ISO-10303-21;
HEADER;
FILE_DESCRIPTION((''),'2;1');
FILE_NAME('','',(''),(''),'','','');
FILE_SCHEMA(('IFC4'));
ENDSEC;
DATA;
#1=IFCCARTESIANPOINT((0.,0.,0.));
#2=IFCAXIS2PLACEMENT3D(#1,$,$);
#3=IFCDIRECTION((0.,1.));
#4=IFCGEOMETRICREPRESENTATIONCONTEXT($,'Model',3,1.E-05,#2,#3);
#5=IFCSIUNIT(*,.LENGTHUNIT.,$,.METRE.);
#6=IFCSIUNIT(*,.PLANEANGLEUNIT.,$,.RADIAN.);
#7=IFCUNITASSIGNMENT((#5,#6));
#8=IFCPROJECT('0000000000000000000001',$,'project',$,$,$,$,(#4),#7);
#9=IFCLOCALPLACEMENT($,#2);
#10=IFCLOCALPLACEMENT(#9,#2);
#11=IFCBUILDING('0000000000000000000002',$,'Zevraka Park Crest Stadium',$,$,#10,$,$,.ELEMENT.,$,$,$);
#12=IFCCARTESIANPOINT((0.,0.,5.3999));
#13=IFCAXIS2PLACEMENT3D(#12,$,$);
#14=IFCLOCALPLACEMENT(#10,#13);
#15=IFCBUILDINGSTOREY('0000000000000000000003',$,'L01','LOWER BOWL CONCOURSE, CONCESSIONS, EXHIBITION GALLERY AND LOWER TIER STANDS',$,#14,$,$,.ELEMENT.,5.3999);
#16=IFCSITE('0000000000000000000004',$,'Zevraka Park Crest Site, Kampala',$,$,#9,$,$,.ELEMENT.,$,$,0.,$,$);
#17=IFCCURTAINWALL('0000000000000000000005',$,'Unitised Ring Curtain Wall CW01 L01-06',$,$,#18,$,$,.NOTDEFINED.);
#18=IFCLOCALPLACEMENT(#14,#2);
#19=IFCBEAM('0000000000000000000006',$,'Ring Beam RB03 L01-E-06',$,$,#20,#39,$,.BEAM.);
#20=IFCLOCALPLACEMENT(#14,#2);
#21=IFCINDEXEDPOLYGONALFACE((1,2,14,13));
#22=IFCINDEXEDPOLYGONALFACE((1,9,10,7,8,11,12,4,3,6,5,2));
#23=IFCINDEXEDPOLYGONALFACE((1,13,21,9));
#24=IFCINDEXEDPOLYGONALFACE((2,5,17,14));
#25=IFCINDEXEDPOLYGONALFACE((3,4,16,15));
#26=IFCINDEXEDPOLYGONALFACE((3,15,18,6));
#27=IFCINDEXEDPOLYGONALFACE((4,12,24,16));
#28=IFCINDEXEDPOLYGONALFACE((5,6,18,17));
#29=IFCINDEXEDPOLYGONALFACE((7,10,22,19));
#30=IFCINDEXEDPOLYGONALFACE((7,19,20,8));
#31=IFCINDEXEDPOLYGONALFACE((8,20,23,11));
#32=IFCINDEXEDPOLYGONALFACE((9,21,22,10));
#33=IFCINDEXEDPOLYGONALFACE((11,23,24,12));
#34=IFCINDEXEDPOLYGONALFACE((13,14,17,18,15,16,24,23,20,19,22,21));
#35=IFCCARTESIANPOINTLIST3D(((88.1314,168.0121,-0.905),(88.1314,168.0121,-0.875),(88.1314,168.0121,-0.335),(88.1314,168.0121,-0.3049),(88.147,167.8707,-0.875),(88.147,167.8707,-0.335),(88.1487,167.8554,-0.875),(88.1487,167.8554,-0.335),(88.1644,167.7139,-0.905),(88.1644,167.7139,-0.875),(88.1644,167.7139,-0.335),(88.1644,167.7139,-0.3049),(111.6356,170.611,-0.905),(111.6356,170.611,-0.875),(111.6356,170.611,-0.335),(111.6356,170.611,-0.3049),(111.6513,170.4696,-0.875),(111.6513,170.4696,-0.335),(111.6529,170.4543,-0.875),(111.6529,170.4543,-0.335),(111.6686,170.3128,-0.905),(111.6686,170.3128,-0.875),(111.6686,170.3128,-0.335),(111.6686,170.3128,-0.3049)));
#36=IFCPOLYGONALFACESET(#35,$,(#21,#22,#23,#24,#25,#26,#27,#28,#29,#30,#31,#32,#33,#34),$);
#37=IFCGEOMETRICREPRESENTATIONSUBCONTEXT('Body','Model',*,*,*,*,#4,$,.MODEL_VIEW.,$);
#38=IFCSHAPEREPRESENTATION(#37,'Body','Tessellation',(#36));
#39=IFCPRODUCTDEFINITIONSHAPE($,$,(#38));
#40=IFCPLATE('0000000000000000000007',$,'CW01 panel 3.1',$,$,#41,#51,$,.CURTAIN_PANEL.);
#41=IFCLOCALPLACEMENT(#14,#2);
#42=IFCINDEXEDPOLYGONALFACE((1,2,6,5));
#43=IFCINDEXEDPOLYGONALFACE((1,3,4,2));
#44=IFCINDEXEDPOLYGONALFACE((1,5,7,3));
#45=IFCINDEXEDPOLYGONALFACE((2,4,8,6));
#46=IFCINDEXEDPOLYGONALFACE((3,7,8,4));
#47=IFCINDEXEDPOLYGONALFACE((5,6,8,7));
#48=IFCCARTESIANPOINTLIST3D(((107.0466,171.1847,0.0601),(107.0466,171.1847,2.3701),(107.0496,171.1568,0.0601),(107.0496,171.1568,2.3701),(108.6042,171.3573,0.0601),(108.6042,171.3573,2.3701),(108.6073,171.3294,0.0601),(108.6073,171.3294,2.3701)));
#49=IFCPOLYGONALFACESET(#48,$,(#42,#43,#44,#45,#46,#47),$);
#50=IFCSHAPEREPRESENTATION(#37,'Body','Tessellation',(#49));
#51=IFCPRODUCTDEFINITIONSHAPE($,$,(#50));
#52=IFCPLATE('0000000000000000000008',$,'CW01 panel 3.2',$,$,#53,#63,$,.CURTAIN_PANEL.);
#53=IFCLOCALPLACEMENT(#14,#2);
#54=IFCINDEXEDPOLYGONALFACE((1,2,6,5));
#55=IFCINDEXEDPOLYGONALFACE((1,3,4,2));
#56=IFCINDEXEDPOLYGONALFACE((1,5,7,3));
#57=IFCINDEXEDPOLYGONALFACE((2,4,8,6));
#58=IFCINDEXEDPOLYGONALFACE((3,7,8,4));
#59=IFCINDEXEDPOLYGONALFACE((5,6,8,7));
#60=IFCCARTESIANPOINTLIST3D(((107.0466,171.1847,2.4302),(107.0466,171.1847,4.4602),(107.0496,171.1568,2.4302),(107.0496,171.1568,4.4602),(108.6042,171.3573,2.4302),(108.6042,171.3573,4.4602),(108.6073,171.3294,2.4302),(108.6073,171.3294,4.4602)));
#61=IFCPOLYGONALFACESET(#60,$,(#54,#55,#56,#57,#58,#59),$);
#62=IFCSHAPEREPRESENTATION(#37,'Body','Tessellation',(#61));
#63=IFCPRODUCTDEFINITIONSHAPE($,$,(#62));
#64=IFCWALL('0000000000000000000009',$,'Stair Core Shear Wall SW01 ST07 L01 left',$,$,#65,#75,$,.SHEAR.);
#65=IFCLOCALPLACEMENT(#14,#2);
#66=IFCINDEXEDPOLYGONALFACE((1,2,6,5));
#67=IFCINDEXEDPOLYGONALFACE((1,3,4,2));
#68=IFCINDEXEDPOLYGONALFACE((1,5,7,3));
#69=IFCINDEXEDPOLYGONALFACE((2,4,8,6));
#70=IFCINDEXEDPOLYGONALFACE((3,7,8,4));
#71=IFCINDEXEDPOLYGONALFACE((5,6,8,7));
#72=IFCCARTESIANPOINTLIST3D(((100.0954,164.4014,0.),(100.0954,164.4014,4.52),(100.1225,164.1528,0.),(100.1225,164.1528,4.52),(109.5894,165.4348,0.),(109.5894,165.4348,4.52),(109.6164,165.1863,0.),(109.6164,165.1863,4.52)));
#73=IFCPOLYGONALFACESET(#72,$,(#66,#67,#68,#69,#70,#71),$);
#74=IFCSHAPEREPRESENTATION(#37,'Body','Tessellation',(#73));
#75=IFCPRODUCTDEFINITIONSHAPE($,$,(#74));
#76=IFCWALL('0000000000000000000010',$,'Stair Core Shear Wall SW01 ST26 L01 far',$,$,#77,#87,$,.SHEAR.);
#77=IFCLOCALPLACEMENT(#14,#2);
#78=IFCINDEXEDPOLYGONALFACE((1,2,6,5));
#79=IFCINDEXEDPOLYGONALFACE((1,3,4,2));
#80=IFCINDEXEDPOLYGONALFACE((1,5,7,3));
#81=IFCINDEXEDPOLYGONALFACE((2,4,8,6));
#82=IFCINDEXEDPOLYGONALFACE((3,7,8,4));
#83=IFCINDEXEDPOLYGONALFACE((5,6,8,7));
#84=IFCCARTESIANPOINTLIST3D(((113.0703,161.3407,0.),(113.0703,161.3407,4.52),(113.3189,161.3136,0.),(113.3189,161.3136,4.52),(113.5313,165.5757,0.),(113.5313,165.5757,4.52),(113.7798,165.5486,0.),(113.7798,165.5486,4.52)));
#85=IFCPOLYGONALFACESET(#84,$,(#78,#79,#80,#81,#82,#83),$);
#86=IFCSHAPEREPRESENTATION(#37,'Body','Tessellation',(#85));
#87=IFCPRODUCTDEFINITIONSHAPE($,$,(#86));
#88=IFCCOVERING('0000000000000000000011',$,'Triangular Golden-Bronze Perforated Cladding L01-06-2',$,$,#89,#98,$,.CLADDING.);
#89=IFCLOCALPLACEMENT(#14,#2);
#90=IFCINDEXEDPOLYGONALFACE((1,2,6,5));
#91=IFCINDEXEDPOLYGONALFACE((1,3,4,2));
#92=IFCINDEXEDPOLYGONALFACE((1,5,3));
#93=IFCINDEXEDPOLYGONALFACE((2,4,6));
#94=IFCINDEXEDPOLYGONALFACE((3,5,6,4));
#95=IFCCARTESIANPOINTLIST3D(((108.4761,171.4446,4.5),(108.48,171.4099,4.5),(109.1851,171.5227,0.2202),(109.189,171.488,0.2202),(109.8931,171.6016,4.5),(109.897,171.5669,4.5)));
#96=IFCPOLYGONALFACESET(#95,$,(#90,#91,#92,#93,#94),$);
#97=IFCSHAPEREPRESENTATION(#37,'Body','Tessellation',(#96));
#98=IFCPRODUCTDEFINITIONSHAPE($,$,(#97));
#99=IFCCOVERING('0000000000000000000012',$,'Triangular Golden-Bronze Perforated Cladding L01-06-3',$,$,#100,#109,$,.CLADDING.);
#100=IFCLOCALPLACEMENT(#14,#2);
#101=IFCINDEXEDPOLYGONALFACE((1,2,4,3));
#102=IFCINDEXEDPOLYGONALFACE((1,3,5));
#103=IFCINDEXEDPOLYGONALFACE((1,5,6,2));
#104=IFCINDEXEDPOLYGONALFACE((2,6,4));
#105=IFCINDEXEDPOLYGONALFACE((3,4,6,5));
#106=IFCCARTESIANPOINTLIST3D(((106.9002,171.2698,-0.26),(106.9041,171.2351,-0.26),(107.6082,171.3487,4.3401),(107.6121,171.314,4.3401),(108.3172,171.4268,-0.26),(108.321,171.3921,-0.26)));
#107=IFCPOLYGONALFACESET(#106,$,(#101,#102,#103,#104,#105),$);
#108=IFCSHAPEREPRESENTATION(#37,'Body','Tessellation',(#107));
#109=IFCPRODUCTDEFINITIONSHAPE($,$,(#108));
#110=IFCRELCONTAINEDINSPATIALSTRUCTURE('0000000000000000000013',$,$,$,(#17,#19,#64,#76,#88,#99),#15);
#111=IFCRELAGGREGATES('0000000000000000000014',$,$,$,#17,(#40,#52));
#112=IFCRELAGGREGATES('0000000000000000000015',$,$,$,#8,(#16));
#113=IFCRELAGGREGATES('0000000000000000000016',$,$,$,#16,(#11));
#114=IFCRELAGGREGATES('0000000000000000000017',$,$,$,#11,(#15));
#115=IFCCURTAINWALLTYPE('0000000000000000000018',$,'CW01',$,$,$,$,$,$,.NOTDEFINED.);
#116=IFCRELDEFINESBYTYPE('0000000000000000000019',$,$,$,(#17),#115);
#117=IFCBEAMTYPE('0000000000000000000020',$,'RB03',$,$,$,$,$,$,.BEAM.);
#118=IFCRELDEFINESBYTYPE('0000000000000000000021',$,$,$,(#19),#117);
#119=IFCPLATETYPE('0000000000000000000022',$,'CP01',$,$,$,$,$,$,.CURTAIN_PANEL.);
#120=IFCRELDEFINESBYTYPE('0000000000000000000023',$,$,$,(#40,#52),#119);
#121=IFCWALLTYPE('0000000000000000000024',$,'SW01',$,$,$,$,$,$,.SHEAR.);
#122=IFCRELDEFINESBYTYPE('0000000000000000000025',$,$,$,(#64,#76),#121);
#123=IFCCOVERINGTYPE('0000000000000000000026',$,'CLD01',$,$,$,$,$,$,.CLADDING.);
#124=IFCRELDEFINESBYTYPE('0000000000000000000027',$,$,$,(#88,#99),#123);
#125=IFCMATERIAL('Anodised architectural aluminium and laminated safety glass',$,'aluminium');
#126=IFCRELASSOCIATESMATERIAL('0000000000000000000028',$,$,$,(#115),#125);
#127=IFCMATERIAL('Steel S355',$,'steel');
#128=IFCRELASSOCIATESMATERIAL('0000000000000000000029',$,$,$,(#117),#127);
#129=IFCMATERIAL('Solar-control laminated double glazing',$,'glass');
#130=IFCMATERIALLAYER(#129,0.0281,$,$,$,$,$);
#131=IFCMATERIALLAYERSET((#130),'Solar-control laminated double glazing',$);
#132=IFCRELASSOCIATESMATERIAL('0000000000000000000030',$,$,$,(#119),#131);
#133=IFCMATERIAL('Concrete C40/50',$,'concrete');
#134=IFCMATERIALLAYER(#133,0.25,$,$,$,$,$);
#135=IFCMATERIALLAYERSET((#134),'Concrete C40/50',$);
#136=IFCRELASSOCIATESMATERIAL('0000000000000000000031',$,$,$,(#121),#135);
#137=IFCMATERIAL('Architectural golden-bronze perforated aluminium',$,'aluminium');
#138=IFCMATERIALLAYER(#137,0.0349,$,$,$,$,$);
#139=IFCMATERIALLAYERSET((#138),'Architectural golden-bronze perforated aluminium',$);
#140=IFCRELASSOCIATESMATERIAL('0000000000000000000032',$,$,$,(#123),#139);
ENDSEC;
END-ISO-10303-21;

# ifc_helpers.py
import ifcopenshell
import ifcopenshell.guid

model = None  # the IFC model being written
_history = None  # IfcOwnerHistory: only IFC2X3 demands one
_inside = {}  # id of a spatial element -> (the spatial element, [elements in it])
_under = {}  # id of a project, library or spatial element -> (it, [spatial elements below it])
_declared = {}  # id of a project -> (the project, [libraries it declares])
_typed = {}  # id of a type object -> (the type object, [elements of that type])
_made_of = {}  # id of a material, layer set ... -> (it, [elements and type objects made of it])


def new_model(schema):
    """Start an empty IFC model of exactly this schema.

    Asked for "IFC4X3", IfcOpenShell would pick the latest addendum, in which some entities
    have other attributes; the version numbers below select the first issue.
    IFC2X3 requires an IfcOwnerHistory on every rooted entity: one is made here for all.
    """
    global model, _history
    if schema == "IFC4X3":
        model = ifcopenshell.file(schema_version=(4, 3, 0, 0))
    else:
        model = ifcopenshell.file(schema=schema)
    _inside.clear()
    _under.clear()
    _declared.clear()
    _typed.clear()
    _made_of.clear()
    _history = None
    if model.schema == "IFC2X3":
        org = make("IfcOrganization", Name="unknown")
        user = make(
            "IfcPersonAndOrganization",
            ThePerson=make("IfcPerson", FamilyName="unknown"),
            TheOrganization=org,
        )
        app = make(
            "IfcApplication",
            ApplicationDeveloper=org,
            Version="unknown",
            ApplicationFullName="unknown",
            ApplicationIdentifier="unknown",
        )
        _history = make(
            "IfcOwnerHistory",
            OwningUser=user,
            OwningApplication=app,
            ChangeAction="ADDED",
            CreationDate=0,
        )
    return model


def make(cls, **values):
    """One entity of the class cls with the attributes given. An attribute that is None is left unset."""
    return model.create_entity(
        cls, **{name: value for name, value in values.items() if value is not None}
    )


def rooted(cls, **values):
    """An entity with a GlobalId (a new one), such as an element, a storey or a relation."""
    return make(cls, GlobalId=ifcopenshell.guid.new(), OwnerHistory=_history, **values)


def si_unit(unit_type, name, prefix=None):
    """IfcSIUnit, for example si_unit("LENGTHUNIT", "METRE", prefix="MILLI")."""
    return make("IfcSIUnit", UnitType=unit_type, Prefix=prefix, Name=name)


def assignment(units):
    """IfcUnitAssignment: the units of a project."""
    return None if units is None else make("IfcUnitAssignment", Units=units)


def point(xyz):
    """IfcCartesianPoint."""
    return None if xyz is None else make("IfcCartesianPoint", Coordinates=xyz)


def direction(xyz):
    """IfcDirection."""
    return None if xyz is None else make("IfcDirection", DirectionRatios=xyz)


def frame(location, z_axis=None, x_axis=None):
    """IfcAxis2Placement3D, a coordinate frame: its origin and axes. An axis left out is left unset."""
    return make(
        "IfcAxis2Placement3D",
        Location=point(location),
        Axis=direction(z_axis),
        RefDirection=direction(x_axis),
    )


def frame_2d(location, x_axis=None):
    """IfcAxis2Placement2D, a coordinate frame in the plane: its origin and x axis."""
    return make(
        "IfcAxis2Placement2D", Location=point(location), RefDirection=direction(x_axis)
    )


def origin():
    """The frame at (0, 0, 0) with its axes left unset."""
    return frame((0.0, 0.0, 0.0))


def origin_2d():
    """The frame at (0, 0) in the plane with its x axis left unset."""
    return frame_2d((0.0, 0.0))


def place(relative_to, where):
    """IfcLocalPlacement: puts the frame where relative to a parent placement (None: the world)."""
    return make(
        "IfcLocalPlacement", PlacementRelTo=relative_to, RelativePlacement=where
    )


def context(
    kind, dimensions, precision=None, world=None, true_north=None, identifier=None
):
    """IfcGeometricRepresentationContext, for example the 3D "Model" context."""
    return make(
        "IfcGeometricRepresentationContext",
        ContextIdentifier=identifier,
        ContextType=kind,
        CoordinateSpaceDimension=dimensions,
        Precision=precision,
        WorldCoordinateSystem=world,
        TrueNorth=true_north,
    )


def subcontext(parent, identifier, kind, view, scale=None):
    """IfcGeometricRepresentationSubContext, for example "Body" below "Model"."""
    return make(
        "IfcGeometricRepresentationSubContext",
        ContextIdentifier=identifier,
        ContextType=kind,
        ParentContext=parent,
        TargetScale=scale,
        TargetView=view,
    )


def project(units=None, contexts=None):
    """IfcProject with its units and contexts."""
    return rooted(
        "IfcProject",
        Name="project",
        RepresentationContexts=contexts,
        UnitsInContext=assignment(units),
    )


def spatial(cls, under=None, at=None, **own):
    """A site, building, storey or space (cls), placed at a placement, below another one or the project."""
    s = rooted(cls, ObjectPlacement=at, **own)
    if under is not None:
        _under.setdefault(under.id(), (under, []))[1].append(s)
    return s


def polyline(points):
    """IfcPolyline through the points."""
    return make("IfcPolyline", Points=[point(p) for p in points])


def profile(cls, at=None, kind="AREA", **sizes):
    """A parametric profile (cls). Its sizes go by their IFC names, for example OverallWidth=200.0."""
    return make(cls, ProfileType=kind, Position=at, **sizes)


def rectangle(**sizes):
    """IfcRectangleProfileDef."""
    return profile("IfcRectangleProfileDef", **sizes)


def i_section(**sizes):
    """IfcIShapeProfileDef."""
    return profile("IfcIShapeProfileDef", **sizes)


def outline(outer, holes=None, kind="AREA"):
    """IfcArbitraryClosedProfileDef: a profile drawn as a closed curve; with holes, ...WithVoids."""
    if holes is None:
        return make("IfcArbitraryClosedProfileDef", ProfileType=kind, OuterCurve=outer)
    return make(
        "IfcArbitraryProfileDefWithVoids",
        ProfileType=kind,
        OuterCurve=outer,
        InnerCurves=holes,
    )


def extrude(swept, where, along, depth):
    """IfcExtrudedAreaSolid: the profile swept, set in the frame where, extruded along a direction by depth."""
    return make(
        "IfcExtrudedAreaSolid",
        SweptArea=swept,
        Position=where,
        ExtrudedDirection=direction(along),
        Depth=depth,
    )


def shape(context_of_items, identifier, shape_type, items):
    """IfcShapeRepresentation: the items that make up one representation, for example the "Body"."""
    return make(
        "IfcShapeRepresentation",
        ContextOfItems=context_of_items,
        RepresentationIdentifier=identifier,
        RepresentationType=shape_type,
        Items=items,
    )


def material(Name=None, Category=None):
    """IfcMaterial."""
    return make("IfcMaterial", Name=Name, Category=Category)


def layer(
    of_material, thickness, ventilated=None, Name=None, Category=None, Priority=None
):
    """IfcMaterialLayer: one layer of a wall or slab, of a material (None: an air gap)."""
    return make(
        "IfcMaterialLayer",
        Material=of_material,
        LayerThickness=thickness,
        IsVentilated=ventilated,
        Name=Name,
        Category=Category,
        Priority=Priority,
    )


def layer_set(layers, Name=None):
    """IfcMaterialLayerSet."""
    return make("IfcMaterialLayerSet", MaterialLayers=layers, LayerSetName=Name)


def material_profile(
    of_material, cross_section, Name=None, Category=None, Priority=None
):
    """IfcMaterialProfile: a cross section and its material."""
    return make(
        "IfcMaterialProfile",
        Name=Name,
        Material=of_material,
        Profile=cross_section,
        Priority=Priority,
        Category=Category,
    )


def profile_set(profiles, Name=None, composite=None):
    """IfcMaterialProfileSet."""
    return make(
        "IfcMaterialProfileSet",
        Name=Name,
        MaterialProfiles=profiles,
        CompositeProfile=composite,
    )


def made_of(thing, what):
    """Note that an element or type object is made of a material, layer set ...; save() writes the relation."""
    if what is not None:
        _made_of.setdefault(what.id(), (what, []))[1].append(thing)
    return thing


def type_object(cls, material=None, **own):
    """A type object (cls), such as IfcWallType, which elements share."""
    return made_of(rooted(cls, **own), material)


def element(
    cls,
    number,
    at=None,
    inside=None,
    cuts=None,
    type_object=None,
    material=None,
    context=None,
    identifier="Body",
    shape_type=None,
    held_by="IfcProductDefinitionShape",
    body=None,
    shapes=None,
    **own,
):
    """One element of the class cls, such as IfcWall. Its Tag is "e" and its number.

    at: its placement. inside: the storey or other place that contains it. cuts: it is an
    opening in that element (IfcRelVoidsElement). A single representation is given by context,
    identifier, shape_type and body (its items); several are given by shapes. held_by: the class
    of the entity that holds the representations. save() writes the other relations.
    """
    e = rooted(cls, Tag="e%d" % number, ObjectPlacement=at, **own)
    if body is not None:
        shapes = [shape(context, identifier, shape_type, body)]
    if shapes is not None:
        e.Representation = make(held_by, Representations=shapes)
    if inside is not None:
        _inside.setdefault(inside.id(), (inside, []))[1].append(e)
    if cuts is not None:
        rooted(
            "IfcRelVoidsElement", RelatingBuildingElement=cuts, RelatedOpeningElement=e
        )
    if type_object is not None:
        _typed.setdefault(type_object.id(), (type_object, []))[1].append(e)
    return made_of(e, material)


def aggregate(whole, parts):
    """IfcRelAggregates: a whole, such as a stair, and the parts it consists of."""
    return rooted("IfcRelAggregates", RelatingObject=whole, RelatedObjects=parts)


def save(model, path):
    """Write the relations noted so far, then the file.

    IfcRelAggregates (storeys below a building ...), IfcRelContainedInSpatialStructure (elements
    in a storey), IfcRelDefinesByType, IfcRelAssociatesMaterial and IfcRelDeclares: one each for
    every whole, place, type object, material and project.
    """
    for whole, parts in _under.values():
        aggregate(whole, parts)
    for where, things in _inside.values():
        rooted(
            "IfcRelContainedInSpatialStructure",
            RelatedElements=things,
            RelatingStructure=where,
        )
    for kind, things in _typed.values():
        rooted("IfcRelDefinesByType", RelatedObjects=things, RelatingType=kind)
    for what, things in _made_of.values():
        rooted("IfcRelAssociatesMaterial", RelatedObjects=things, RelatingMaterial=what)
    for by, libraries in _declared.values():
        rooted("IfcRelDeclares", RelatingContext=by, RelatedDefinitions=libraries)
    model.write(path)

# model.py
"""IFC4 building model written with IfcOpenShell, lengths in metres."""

from ifc_helpers import new_model, si_unit, direction, frame, frame_2d, origin, origin_2d, place, context, subcontext, project, spatial, polyline, rectangle, i_section, outline, extrude, material, layer, layer_set, material_profile, profile_set, type_object, element, aggregate, save


model = new_model("IFC4")

# Units and contexts
model_context = context("Model", 3, precision=1e-05, world=origin(), true_north=direction((0.0, 1.0)))
body_context = subcontext(model_context, "Body", "Model", "MODEL_VIEW")
ifc_project = project(units=[si_unit("LENGTHUNIT", "METRE"), si_unit("PLANEANGLEUNIT", "RADIAN")], contexts=[model_context])

# Site, building, storey
site_placement = place(None, origin())
site = spatial("IfcSite", under=ifc_project, at=site_placement, Name="Zevraka Park Crest Site, Kampala", CompositionType="ELEMENT", RefElevation=0.0)
building_placement = place(site_placement, origin())
building = spatial("IfcBuilding", under=site, at=building_placement, Name="Zevraka Park Crest Stadium", CompositionType="ELEMENT")
storey_placement = place(building_placement, frame((0.0, 0.0, 5.3999)))
storey = spatial("IfcBuildingStorey", under=building, at=storey_placement, Name="L01", Description="LOWER BOWL CONCOURSE, CONCESSIONS, EXHIBITION GALLERY AND LOWER TIER STANDS", CompositionType="ELEMENT", Elevation=5.3999)

# Curtain wall
ifc_material_1 = material(Name="Anodised architectural aluminium and laminated safety glass", Category="aluminium")
curtain_wall_type = type_object("IfcCurtainWallType", Name="CW01", PredefinedType="NOTDEFINED", material=ifc_material_1)
curtain_wall_placement = place(storey_placement, origin())
curtain_wall = element("IfcCurtainWall", 1, at=curtain_wall_placement, inside=storey, type_object=curtain_wall_type, Name="Unitised Ring Curtain Wall CW01 L01-06", PredefinedType="NOTDEFINED")

# Beam
ifc_material_2 = material(Name="Steel S355", Category="steel")
ifc_material_profile_1 = material_profile(ifc_material_2, i_section(OverallWidth=0.3, OverallDepth=0.6001, WebThickness=0.0154, FlangeThickness=0.03, at=origin_2d()), Name="HEB 600")
ifc_profile_set_1 = profile_set([ifc_material_profile_1], Name="Steel S355")
beam_type_1 = type_object("IfcBeamType", Name="RB03", PredefinedType="BEAM", material=ifc_profile_set_1)
beam_1_placement = place(storey_placement, frame((111.6521, 170.4619, -0.605), z_axis=(-0.993943, -0.109901, 0.0), x_axis=(0.109901, -0.993943, 0.0)))
element("IfcBeam", 2, at=beam_1_placement, inside=storey, type_object=beam_type_1, Name="Ring Beam RB03 L01-E-06", PredefinedType="BEAM", context=body_context, shape_type="SweptSolid", body=[
    extrude(i_section(OverallWidth=0.3, OverallDepth=0.6001, WebThickness=0.0154, FlangeThickness=0.03, at=origin_2d()), origin(), (0.0, 0.0, 1.0), 23.6475),
])

# Plates
ifc_material_3 = material(Name="Solar-control laminated double glazing", Category="glass")
ifc_layer_1 = layer(ifc_material_3, 0.0281)
ifc_layer_set_1 = layer_set([ifc_layer_1], Name="Solar-control laminated double glazing")
plate_type = type_object("IfcPlateType", Name="CP01", PredefinedType="CURTAIN_PANEL", material=ifc_layer_set_1)
plate_1_placement = place(storey_placement, frame((107.8269, 171.2571, 0.0601), z_axis=(0.0, 0.0, 1.0), x_axis=(-0.993917, -0.110135, 0.0)))
plate_1 = element("IfcPlate", 3, at=plate_1_placement, type_object=plate_type, Name="CW01 panel 3.1", PredefinedType="CURTAIN_PANEL", context=body_context, shape_type="SweptSolid", body=[
    extrude(rectangle(XDim=1.5671, YDim=0.0281, at=origin_2d()), origin(), (0.0, 0.0, 1.0), 2.3101),
])
plate_2_placement = place(storey_placement, frame((107.8269, 171.2571, 2.4302), z_axis=(0.0, 0.0, 1.0), x_axis=(-0.993917, -0.110135, 0.0)))
plate_2 = element("IfcPlate", 4, at=plate_2_placement, type_object=plate_type, Name="CW01 panel 3.2", PredefinedType="CURTAIN_PANEL", context=body_context, shape_type="SweptSolid", body=[
    extrude(rectangle(XDim=1.5671, YDim=0.0281, at=origin_2d()), origin(), (0.0, 0.0, 1.0), 2.03),
])
aggregate(curtain_wall, [plate_1, plate_2])

# Walls
ifc_material_4 = material(Name="Concrete C40/50", Category="concrete")
ifc_layer_2 = layer(ifc_material_4, 0.25)
ifc_layer_set_2 = layer_set([ifc_layer_2], Name="Concrete C40/50")
wall_type = type_object("IfcWallType", Name="SW01", PredefinedType="SHEAR", material=ifc_layer_set_2)
wall_1_placement = place(storey_placement, frame((109.6028, 165.3105, 0.0), z_axis=(0.0, 0.0, 1.0), x_axis=(-0.994128, -0.108215, 0.0)))
element("IfcWall", 5, at=wall_1_placement, inside=storey, type_object=wall_type, Name="Stair Core Shear Wall SW01 ST07 L01 left", PredefinedType="SHEAR", context=body_context, shape_type="SweptSolid", body=[
    extrude(rectangle(XDim=9.55, YDim=0.25, at=frame_2d((4.7749, 0.0))), origin(), (0.0, 0.0, 1.0), 4.52),
])
wall_2_placement = place(storey_placement, frame((113.6555, 165.562, 0.0), z_axis=(0.0, 0.0, 1.0), x_axis=(-0.108198, -0.994129, 0.0)))
element("IfcWall", 6, at=wall_2_placement, inside=storey, type_object=wall_type, Name="Stair Core Shear Wall SW01 ST26 L01 far", PredefinedType="SHEAR", context=body_context, shape_type="SweptSolid", body=[
    extrude(rectangle(XDim=4.26, YDim=0.25, at=frame_2d((2.1299, 0.0))), origin(), (0.0, 0.0, 1.0), 4.52),
])

# Coverings
ifc_material_5 = material(Name="Architectural golden-bronze perforated aluminium", Category="aluminium")
ifc_layer_3 = layer(ifc_material_5, 0.0349)
ifc_layer_set_3 = layer_set([ifc_layer_3], Name="Architectural golden-bronze perforated aluminium")
covering_type = type_object("IfcCoveringType", Name="CLD01", PredefinedType="CLADDING", material=ifc_layer_set_3)
covering_1_placement = place(storey_placement, frame((108.48, 171.4099, 4.5), z_axis=(0.110112, -0.993919, 0.000098), x_axis=(0.993919, 0.110112, 0.0)))
element("IfcCovering", 7, at=covering_1_placement, inside=storey, type_object=covering_type, Name="Triangular Golden-Bronze Perforated Cladding L01-06-2", PredefinedType="CLADDING", context=body_context, shape_type="SweptSolid", body=[
    extrude(outline(polyline([(0.0, 0.0), (1.4257, 0.0), (0.7133, -4.2798), (0.0, 0.0)])), origin(), (0.0, 0.0, -1.0), 0.0349),
])
covering_2_placement = place(storey_placement, frame((108.321, 171.3921, -0.26), z_axis=(0.110112, -0.993919, 0.000091), x_axis=(-0.993919, -0.110112, 0.0)))
element("IfcCovering", 8, at=covering_2_placement, inside=storey, type_object=covering_type, Name="Triangular Golden-Bronze Perforated Cladding L01-06-3", PredefinedType="CLADDING", context=body_context, shape_type="SweptSolid", body=[
    extrude(outline(polyline([(0.0, 0.0), (1.4257, 0.0), (0.7133, -4.6001), (0.0, 0.0)])), origin(), (0.0, 0.0, -1.0), 0.0349),
])

save(model, "model.ifc")
